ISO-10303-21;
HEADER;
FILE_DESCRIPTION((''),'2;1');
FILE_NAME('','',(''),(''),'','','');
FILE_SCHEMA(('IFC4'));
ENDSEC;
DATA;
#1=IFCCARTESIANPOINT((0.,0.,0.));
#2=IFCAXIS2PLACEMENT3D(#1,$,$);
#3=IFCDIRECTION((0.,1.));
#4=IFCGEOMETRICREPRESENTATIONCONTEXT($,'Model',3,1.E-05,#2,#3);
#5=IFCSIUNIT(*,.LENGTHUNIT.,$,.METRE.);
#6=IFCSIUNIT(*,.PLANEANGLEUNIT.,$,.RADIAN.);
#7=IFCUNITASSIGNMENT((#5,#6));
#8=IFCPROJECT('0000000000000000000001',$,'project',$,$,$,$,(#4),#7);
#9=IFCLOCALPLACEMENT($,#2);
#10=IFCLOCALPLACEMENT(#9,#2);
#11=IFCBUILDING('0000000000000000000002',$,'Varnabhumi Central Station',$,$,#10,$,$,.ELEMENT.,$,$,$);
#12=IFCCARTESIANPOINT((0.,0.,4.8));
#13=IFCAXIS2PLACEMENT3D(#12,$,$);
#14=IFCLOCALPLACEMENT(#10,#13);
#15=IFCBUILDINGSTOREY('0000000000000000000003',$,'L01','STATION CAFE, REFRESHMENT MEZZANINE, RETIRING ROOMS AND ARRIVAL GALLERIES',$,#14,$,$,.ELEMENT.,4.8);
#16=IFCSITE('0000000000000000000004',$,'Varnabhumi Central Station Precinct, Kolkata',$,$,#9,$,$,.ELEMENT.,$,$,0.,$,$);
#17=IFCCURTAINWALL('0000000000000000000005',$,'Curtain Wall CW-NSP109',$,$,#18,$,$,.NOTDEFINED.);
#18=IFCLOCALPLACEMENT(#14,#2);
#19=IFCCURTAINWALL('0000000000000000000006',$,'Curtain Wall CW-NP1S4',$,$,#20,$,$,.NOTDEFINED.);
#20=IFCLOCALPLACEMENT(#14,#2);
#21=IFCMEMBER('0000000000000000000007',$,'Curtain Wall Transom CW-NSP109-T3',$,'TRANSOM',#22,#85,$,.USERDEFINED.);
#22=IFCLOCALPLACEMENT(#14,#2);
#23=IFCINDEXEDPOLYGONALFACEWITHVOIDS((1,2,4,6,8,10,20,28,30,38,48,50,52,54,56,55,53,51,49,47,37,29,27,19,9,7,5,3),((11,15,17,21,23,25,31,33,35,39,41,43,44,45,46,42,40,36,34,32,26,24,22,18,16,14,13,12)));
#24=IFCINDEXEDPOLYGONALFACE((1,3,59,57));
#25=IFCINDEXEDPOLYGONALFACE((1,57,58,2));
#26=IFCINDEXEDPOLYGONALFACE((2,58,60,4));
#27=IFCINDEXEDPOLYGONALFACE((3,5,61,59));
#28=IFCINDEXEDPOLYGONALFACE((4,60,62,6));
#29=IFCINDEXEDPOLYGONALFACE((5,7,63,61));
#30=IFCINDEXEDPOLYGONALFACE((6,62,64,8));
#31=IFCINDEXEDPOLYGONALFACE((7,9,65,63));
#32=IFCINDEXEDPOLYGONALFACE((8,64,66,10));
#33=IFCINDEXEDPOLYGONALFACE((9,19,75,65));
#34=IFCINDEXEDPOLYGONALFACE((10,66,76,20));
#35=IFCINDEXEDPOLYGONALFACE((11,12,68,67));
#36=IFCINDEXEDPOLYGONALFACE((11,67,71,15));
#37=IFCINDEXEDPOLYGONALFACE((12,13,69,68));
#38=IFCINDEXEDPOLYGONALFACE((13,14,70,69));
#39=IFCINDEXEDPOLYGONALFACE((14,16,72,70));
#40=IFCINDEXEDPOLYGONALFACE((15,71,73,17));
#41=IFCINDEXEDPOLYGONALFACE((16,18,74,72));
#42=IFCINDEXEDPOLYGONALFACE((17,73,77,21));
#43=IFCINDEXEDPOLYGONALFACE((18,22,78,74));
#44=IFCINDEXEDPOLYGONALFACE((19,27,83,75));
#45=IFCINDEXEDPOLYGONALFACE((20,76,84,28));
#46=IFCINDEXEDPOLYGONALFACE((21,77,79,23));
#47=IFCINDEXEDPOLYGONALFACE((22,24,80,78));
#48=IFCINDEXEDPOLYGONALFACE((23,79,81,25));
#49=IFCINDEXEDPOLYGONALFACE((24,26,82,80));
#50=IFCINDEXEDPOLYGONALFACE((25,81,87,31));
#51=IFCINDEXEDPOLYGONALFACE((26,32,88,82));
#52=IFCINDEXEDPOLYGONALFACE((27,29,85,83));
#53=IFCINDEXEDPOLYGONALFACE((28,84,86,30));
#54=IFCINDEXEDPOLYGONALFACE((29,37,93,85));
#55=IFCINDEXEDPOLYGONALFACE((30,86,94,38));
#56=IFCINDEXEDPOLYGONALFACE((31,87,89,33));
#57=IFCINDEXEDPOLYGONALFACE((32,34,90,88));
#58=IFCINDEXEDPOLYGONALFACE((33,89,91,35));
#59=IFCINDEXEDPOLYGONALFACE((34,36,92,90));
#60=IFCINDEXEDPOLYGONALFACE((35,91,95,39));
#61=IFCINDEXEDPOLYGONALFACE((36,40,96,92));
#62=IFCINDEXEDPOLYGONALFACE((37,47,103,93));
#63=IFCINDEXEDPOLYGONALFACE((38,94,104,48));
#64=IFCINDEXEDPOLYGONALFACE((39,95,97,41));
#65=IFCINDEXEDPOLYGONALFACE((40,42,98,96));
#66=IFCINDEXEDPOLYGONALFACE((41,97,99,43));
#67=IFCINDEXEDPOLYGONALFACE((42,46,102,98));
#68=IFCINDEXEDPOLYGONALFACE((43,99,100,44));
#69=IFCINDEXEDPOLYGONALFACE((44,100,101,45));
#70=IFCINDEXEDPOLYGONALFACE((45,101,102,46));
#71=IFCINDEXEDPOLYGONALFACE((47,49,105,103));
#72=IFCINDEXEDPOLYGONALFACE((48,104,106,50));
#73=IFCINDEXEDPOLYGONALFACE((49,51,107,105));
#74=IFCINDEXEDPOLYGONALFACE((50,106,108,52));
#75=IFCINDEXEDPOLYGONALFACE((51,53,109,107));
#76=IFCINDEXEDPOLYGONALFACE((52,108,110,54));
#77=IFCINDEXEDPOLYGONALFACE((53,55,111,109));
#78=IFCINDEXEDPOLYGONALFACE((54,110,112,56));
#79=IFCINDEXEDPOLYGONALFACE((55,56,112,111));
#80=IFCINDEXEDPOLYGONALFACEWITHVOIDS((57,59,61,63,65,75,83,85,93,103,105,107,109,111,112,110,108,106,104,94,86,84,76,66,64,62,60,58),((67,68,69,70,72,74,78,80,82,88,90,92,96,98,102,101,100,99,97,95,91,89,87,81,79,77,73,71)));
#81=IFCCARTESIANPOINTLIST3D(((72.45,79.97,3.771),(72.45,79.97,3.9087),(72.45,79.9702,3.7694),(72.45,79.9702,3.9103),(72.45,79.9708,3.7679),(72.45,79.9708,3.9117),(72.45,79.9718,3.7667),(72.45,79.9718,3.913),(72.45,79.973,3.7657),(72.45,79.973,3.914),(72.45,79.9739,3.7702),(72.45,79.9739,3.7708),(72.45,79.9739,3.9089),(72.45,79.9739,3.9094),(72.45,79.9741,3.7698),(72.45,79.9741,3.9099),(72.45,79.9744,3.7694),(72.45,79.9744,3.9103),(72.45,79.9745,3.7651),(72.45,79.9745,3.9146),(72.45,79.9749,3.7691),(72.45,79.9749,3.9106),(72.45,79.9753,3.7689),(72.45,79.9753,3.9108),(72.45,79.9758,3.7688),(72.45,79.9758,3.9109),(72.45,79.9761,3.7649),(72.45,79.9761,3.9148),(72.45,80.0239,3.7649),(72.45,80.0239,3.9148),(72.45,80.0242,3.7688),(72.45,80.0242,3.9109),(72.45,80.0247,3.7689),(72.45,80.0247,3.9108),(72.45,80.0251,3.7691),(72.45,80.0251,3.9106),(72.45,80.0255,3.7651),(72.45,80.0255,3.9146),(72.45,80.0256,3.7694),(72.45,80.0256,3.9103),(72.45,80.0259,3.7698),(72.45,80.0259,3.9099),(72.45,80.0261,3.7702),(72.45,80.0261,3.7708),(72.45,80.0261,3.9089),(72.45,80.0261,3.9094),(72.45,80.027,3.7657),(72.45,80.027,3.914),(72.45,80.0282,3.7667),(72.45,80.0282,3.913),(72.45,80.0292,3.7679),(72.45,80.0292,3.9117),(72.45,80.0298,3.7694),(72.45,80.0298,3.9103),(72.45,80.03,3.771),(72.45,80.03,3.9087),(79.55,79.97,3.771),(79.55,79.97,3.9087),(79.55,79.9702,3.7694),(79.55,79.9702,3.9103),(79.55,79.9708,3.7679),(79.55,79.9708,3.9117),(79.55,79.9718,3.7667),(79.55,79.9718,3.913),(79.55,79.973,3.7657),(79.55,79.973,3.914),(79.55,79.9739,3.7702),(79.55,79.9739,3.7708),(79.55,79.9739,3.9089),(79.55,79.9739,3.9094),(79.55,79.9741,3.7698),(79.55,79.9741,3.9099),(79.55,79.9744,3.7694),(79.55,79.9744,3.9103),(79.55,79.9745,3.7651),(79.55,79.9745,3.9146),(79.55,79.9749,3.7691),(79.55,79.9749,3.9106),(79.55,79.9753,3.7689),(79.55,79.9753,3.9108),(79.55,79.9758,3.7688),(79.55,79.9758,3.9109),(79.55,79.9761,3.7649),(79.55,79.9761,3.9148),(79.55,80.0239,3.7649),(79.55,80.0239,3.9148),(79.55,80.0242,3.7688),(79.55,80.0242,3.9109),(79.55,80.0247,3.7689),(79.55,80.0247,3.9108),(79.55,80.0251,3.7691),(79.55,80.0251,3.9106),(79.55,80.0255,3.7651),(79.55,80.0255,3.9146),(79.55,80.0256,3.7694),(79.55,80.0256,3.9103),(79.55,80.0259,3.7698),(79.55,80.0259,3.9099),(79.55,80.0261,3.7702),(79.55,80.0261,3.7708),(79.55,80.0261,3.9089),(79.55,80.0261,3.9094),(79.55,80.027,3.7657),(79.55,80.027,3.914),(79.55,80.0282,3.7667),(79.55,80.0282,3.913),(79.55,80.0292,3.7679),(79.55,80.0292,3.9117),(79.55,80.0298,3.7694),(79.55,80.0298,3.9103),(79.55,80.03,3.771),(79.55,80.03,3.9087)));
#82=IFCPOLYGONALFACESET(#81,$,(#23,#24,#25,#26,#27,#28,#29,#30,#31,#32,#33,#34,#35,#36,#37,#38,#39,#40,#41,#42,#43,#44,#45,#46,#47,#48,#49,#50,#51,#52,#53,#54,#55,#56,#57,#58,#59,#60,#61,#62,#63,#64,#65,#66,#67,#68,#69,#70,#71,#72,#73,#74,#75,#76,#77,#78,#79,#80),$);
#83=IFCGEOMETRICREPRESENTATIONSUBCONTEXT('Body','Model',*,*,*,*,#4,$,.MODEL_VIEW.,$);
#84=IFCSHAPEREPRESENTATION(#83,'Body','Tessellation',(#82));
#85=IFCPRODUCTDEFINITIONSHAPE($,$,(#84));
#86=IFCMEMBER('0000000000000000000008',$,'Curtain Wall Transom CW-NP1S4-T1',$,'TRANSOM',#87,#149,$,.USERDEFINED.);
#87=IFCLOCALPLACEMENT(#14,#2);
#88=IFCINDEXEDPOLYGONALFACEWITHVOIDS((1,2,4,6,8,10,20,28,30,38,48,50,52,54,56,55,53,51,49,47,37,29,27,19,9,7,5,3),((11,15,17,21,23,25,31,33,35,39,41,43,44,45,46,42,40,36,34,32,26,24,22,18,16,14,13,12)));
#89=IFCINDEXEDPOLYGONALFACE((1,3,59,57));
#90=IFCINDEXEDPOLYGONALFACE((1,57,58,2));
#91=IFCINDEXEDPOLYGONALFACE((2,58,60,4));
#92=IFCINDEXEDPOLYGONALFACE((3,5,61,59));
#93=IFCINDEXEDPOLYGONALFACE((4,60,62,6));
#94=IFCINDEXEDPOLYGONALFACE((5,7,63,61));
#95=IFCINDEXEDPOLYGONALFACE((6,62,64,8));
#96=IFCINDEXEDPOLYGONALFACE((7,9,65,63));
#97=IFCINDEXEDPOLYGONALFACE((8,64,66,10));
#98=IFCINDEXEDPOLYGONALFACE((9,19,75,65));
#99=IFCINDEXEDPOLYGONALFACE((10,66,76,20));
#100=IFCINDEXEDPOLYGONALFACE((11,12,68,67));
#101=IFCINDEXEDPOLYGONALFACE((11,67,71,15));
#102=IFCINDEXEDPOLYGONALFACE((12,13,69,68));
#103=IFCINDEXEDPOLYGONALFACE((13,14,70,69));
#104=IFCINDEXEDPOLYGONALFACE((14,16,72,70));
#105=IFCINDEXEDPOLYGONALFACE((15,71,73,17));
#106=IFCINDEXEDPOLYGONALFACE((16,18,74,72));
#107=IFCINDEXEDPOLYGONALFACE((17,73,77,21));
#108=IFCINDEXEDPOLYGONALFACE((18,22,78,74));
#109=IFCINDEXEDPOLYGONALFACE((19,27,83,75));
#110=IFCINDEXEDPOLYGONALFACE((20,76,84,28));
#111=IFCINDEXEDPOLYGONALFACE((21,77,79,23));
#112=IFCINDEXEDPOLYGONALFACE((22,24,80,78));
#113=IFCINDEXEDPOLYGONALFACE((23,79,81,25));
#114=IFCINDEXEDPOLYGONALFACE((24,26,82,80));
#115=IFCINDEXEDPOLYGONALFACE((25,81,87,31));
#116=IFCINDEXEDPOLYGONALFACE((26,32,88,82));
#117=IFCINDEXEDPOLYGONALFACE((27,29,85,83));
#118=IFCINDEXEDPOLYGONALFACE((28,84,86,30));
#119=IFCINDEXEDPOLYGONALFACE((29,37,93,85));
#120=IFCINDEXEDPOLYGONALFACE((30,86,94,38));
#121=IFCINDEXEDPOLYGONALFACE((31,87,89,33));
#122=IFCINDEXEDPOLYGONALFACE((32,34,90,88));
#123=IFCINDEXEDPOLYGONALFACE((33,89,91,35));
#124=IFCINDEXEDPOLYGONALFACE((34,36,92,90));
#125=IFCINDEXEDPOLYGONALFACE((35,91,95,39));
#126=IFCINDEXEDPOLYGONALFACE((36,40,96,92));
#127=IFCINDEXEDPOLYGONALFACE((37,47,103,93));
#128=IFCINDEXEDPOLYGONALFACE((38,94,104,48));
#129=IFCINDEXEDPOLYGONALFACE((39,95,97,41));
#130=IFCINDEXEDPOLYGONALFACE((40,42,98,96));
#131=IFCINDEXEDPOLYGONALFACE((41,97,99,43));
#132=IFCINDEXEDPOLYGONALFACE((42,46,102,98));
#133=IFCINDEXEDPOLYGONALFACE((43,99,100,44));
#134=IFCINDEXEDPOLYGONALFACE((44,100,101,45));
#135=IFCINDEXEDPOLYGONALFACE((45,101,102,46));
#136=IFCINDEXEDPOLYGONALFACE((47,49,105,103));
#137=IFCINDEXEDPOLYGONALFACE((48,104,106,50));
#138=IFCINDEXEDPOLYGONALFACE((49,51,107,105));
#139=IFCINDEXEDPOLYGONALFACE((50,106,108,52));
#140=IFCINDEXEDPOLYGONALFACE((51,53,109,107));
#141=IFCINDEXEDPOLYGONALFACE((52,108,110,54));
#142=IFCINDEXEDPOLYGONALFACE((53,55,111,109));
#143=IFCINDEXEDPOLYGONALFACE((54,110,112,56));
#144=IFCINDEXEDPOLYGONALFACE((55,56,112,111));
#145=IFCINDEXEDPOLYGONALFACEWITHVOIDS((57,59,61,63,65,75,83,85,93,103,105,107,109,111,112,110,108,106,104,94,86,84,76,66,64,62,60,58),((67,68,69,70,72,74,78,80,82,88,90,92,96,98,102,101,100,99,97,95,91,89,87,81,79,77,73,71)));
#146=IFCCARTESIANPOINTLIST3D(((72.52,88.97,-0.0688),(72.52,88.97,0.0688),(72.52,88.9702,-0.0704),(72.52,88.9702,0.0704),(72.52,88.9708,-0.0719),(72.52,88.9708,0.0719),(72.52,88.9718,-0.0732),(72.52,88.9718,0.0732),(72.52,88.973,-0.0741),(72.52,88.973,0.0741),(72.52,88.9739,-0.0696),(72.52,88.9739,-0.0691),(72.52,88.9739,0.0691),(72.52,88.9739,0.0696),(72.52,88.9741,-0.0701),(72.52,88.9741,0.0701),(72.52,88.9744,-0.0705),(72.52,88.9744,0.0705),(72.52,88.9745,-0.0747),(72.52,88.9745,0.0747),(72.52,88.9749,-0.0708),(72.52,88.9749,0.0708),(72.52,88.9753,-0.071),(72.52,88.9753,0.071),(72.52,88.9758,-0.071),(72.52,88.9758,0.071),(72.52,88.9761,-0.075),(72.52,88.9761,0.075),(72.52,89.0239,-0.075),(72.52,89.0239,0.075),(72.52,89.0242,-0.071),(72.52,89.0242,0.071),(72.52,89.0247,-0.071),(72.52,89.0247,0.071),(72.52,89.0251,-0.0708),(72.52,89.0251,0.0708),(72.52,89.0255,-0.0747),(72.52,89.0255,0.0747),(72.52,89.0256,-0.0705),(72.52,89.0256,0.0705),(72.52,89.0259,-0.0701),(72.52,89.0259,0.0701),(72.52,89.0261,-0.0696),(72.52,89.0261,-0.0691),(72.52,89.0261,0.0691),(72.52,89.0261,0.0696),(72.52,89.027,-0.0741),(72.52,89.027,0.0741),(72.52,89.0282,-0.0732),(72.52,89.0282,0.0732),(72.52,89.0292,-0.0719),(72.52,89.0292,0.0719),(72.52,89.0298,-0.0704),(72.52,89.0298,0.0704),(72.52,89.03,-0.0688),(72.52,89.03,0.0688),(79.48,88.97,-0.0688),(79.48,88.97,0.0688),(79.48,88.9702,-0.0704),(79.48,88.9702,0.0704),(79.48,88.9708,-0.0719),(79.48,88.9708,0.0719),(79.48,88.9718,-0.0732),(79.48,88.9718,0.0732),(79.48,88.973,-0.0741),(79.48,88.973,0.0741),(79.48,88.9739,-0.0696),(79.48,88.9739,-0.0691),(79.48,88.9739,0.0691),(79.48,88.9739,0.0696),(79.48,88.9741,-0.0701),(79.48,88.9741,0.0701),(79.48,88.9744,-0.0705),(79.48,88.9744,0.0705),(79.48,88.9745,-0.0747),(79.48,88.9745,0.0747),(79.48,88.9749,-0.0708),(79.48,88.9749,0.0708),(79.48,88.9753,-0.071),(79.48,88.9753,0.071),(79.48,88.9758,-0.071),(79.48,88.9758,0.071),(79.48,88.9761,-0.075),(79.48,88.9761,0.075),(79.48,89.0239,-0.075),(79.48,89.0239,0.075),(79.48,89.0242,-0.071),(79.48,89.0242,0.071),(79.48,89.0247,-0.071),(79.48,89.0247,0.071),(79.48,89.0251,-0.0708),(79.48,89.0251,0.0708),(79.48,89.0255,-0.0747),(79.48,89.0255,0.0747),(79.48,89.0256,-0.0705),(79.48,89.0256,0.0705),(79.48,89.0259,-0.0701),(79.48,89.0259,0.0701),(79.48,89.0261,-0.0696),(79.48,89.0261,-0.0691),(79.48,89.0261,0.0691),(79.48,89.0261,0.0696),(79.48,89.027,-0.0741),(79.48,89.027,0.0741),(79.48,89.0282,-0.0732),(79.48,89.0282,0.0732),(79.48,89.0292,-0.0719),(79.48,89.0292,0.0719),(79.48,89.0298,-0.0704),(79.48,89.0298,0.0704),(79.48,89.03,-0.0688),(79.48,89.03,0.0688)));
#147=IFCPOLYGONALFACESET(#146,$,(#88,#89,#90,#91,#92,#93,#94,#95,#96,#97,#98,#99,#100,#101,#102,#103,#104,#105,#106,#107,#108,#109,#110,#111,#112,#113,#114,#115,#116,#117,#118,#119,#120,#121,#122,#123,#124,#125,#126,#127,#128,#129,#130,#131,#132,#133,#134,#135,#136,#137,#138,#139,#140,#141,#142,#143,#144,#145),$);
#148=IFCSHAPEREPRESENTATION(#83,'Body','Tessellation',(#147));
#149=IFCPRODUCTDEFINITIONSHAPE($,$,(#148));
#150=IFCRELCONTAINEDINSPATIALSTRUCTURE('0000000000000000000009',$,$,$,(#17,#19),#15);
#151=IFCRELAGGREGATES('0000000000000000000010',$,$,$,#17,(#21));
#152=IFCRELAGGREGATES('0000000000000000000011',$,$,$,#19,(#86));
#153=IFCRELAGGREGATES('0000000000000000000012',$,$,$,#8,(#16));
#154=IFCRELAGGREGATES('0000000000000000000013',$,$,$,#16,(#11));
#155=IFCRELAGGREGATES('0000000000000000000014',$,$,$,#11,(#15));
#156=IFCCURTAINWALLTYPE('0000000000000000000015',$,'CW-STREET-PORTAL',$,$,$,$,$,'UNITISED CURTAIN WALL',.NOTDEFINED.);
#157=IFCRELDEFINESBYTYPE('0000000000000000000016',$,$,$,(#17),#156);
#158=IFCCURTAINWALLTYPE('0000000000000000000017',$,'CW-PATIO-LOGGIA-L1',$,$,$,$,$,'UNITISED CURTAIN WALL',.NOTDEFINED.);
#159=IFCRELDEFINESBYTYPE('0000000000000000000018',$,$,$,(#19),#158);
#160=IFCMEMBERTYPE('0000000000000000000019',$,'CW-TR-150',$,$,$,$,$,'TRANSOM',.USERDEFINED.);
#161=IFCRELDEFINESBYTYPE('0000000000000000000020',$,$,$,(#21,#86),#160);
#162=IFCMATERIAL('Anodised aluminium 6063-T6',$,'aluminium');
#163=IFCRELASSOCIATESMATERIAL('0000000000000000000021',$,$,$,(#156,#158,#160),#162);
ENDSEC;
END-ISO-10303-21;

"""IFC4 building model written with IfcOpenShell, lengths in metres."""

from ifc_helpers import new_model, si_unit, direction, frame, origin, origin_2d, place, context, subcontext, project, spatial, hollow_rectangle, extrude, material, material_profile, profile_set, type_object, element, aggregate, save


model = new_model("IFC4")

# Units and contexts
model_context = context("Model", 3, precision=1e-05, world=origin(), true_north=direction((0.0, 1.0)))
body_context = subcontext(model_context, "Body", "Model", "MODEL_VIEW")
ifc_project = project(units=[si_unit("LENGTHUNIT", "METRE"), si_unit("PLANEANGLEUNIT", "RADIAN")], contexts=[model_context])

# Site, building, storey
site_placement = place(None, origin())
site = spatial("IfcSite", under=ifc_project, at=site_placement, Name="Varnabhumi Central Station Precinct, Kolkata", CompositionType="ELEMENT", RefElevation=0.0)
building_placement = place(site_placement, origin())
building = spatial("IfcBuilding", under=site, at=building_placement, Name="Varnabhumi Central Station", CompositionType="ELEMENT")
storey_placement = place(building_placement, frame((0.0, 0.0, 4.8)))
storey = spatial("IfcBuildingStorey", under=building, at=storey_placement, Name="L01", Description="STATION CAFE, REFRESHMENT MEZZANINE, RETIRING ROOMS AND ARRIVAL GALLERIES", CompositionType="ELEMENT", Elevation=4.8)

# Curtain walls
ifc_material_1 = material(Name="Anodised aluminium 6063-T6", Category="aluminium")
curtain_wall_type_1 = type_object("IfcCurtainWallType", Name="CW-STREET-PORTAL", ElementType="UNITISED CURTAIN WALL", PredefinedType="NOTDEFINED", material=ifc_material_1)
curtain_wall_1_placement = place(storey_placement, origin())
curtain_wall_1 = element("IfcCurtainWall", 1, at=curtain_wall_1_placement, inside=storey, type_object=curtain_wall_type_1, Name="Curtain Wall CW-NSP109", PredefinedType="NOTDEFINED")
curtain_wall_type_2 = type_object("IfcCurtainWallType", Name="CW-PATIO-LOGGIA-L1", ElementType="UNITISED CURTAIN WALL", PredefinedType="NOTDEFINED", material=ifc_material_1)
curtain_wall_2_placement = place(storey_placement, origin())
curtain_wall_2 = element("IfcCurtainWall", 2, at=curtain_wall_2_placement, inside=storey, type_object=curtain_wall_type_2, Name="Curtain Wall CW-NP1S4", PredefinedType="NOTDEFINED")

# Members
ifc_material_profile_1 = material_profile(ifc_material_1, hollow_rectangle(XDim=0.0601, YDim=0.1499, WallThickness=0.0039, InnerFilletRadius=0.002, OuterFilletRadius=0.0061, at=origin_2d()), Name="Anodised aluminium 6063-T6", Category="aluminium")
ifc_profile_set_1 = profile_set([ifc_material_profile_1], Name="Anodised aluminium 6063-T6")
member_type_1 = type_object("IfcMemberType", Name="CW-TR-150", ElementType="TRANSOM", PredefinedType="USERDEFINED", material=ifc_profile_set_1)
member_1_placement = place(storey_placement, frame((72.45, 80.0, 3.8398), z_axis=(1.0, 0.0, 0.0), x_axis=(0.0, 1.0, 0.0)))
member_1 = element("IfcMember", 3, at=member_1_placement, type_object=member_type_1, Name="Curtain Wall Transom CW-NSP109-T3", ObjectType="TRANSOM", PredefinedType="USERDEFINED", context=body_context, shape_type="SweptSolid", body=[
    extrude(hollow_rectangle(XDim=0.0601, YDim=0.1499, WallThickness=0.0039, InnerFilletRadius=0.002, OuterFilletRadius=0.0061, at=origin_2d()), origin(), (0.0, 0.0, 1.0), 7.1001),
])
member_2_placement = place(storey_placement, frame((72.52, 89.0, 0.0), z_axis=(1.0, 0.0, 0.0), x_axis=(0.0, 1.0, 0.0)))
member_2 = element("IfcMember", 4, at=member_2_placement, type_object=member_type_1, Name="Curtain Wall Transom CW-NP1S4-T1", ObjectType="TRANSOM", PredefinedType="USERDEFINED", context=body_context, shape_type="SweptSolid", body=[
    extrude(hollow_rectangle(XDim=0.0601, YDim=0.1499, WallThickness=0.0039, InnerFilletRadius=0.002, OuterFilletRadius=0.0061, at=origin_2d()), origin(), (0.0, 0.0, 1.0), 6.96),
])

aggregate(curtain_wall_1, [member_1])
aggregate(curtain_wall_2, [member_2])

save(model, "model.ifc")
